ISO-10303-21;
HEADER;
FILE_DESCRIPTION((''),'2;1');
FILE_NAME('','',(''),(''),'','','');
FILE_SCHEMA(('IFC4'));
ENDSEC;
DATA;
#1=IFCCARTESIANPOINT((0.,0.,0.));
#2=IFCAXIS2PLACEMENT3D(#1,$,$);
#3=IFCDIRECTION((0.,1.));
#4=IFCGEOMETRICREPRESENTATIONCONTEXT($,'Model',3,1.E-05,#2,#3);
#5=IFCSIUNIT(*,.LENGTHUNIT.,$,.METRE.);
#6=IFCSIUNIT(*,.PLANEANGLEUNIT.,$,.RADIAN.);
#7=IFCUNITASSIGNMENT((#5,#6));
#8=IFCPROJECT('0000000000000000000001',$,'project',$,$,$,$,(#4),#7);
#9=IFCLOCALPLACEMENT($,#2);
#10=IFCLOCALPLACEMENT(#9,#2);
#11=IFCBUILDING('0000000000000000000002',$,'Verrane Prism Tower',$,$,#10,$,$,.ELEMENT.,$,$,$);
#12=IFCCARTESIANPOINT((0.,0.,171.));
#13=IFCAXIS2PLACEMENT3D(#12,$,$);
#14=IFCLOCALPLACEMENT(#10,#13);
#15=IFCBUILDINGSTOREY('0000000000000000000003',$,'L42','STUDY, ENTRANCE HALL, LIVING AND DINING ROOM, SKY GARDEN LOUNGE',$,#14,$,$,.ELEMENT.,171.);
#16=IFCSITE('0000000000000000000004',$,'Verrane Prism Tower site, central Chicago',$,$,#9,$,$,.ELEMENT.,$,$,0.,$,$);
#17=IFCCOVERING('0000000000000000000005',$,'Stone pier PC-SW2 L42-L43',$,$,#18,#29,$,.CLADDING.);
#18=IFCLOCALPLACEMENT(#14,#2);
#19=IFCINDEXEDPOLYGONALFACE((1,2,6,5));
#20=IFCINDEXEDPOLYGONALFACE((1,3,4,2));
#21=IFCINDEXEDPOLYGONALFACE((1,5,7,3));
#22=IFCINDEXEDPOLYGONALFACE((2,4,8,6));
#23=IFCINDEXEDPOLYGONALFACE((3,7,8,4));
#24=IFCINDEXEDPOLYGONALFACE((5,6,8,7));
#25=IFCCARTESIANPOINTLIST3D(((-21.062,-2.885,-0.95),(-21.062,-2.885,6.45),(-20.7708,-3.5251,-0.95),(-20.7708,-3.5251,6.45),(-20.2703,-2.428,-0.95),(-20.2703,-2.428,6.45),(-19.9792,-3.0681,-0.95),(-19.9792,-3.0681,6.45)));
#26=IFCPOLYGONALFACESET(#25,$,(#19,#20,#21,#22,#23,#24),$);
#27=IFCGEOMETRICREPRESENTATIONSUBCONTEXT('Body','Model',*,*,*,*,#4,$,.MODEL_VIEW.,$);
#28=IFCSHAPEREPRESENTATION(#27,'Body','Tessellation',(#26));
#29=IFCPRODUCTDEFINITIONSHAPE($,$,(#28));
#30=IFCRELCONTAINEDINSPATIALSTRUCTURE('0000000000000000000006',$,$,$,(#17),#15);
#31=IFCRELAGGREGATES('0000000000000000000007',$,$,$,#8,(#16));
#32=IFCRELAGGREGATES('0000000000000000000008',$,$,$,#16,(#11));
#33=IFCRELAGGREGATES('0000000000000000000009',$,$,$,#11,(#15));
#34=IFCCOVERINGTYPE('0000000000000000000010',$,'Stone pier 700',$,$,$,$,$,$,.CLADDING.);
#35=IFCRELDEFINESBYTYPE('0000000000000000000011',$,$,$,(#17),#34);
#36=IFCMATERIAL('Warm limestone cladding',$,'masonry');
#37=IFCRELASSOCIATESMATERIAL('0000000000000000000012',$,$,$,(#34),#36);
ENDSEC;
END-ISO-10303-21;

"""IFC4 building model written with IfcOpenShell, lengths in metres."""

from ifc_helpers import new_model, si_unit, direction, frame, origin, place, context, subcontext, project, spatial, polyline, outline, extrude, material, type_object, element, save


model = new_model("IFC4")

# Units and contexts
model_context = context("Model", 3, precision=1e-05, world=origin(), true_north=direction((0.0, 1.0)))
body_context = subcontext(model_context, "Body", "Model", "MODEL_VIEW")
ifc_project = project(units=[si_unit("LENGTHUNIT", "METRE"), si_unit("PLANEANGLEUNIT", "RADIAN")], contexts=[model_context])

# Site, building, storey
site_placement = place(None, origin())
site = spatial("IfcSite", under=ifc_project, at=site_placement, Name="Verrane Prism Tower site, central Chicago", CompositionType="ELEMENT", RefElevation=0.0)
building_placement = place(site_placement, origin())
building = spatial("IfcBuilding", under=site, at=building_placement, Name="Verrane Prism Tower", CompositionType="ELEMENT")
storey_placement = place(building_placement, frame((0.0, 0.0, 171.0)))
storey = spatial("IfcBuildingStorey", under=building, at=storey_placement, Name="L42", Description="STUDY, ENTRANCE HALL, LIVING AND DINING ROOM, SKY GARDEN LOUNGE", CompositionType="ELEMENT", Elevation=171.0)

# Covering
ifc_material_1 = material(Name="Warm limestone cladding", Category="masonry")
covering_type_1 = type_object("IfcCoveringType", Name="Stone pier 700", PredefinedType="CLADDING", material=ifc_material_1)
covering_1_placement = place(storey_placement, frame((0.0, 0.0, -0.95)))
element("IfcCovering", 1, at=covering_1_placement, inside=storey, type_object=covering_type_1, Name="Stone pier PC-SW2 L42-L43", PredefinedType="CLADDING", context=body_context, shape_type="SweptSolid", body=[
    extrude(outline(polyline([(-20.7708, -3.5251), (-19.9792, -3.0681), (-20.2703, -2.428), (-21.062, -2.885), (-20.7708, -3.5251)])), origin(), (0.0, 0.0, 1.0), 7.3999),
])

save(model, "model.ifc")
